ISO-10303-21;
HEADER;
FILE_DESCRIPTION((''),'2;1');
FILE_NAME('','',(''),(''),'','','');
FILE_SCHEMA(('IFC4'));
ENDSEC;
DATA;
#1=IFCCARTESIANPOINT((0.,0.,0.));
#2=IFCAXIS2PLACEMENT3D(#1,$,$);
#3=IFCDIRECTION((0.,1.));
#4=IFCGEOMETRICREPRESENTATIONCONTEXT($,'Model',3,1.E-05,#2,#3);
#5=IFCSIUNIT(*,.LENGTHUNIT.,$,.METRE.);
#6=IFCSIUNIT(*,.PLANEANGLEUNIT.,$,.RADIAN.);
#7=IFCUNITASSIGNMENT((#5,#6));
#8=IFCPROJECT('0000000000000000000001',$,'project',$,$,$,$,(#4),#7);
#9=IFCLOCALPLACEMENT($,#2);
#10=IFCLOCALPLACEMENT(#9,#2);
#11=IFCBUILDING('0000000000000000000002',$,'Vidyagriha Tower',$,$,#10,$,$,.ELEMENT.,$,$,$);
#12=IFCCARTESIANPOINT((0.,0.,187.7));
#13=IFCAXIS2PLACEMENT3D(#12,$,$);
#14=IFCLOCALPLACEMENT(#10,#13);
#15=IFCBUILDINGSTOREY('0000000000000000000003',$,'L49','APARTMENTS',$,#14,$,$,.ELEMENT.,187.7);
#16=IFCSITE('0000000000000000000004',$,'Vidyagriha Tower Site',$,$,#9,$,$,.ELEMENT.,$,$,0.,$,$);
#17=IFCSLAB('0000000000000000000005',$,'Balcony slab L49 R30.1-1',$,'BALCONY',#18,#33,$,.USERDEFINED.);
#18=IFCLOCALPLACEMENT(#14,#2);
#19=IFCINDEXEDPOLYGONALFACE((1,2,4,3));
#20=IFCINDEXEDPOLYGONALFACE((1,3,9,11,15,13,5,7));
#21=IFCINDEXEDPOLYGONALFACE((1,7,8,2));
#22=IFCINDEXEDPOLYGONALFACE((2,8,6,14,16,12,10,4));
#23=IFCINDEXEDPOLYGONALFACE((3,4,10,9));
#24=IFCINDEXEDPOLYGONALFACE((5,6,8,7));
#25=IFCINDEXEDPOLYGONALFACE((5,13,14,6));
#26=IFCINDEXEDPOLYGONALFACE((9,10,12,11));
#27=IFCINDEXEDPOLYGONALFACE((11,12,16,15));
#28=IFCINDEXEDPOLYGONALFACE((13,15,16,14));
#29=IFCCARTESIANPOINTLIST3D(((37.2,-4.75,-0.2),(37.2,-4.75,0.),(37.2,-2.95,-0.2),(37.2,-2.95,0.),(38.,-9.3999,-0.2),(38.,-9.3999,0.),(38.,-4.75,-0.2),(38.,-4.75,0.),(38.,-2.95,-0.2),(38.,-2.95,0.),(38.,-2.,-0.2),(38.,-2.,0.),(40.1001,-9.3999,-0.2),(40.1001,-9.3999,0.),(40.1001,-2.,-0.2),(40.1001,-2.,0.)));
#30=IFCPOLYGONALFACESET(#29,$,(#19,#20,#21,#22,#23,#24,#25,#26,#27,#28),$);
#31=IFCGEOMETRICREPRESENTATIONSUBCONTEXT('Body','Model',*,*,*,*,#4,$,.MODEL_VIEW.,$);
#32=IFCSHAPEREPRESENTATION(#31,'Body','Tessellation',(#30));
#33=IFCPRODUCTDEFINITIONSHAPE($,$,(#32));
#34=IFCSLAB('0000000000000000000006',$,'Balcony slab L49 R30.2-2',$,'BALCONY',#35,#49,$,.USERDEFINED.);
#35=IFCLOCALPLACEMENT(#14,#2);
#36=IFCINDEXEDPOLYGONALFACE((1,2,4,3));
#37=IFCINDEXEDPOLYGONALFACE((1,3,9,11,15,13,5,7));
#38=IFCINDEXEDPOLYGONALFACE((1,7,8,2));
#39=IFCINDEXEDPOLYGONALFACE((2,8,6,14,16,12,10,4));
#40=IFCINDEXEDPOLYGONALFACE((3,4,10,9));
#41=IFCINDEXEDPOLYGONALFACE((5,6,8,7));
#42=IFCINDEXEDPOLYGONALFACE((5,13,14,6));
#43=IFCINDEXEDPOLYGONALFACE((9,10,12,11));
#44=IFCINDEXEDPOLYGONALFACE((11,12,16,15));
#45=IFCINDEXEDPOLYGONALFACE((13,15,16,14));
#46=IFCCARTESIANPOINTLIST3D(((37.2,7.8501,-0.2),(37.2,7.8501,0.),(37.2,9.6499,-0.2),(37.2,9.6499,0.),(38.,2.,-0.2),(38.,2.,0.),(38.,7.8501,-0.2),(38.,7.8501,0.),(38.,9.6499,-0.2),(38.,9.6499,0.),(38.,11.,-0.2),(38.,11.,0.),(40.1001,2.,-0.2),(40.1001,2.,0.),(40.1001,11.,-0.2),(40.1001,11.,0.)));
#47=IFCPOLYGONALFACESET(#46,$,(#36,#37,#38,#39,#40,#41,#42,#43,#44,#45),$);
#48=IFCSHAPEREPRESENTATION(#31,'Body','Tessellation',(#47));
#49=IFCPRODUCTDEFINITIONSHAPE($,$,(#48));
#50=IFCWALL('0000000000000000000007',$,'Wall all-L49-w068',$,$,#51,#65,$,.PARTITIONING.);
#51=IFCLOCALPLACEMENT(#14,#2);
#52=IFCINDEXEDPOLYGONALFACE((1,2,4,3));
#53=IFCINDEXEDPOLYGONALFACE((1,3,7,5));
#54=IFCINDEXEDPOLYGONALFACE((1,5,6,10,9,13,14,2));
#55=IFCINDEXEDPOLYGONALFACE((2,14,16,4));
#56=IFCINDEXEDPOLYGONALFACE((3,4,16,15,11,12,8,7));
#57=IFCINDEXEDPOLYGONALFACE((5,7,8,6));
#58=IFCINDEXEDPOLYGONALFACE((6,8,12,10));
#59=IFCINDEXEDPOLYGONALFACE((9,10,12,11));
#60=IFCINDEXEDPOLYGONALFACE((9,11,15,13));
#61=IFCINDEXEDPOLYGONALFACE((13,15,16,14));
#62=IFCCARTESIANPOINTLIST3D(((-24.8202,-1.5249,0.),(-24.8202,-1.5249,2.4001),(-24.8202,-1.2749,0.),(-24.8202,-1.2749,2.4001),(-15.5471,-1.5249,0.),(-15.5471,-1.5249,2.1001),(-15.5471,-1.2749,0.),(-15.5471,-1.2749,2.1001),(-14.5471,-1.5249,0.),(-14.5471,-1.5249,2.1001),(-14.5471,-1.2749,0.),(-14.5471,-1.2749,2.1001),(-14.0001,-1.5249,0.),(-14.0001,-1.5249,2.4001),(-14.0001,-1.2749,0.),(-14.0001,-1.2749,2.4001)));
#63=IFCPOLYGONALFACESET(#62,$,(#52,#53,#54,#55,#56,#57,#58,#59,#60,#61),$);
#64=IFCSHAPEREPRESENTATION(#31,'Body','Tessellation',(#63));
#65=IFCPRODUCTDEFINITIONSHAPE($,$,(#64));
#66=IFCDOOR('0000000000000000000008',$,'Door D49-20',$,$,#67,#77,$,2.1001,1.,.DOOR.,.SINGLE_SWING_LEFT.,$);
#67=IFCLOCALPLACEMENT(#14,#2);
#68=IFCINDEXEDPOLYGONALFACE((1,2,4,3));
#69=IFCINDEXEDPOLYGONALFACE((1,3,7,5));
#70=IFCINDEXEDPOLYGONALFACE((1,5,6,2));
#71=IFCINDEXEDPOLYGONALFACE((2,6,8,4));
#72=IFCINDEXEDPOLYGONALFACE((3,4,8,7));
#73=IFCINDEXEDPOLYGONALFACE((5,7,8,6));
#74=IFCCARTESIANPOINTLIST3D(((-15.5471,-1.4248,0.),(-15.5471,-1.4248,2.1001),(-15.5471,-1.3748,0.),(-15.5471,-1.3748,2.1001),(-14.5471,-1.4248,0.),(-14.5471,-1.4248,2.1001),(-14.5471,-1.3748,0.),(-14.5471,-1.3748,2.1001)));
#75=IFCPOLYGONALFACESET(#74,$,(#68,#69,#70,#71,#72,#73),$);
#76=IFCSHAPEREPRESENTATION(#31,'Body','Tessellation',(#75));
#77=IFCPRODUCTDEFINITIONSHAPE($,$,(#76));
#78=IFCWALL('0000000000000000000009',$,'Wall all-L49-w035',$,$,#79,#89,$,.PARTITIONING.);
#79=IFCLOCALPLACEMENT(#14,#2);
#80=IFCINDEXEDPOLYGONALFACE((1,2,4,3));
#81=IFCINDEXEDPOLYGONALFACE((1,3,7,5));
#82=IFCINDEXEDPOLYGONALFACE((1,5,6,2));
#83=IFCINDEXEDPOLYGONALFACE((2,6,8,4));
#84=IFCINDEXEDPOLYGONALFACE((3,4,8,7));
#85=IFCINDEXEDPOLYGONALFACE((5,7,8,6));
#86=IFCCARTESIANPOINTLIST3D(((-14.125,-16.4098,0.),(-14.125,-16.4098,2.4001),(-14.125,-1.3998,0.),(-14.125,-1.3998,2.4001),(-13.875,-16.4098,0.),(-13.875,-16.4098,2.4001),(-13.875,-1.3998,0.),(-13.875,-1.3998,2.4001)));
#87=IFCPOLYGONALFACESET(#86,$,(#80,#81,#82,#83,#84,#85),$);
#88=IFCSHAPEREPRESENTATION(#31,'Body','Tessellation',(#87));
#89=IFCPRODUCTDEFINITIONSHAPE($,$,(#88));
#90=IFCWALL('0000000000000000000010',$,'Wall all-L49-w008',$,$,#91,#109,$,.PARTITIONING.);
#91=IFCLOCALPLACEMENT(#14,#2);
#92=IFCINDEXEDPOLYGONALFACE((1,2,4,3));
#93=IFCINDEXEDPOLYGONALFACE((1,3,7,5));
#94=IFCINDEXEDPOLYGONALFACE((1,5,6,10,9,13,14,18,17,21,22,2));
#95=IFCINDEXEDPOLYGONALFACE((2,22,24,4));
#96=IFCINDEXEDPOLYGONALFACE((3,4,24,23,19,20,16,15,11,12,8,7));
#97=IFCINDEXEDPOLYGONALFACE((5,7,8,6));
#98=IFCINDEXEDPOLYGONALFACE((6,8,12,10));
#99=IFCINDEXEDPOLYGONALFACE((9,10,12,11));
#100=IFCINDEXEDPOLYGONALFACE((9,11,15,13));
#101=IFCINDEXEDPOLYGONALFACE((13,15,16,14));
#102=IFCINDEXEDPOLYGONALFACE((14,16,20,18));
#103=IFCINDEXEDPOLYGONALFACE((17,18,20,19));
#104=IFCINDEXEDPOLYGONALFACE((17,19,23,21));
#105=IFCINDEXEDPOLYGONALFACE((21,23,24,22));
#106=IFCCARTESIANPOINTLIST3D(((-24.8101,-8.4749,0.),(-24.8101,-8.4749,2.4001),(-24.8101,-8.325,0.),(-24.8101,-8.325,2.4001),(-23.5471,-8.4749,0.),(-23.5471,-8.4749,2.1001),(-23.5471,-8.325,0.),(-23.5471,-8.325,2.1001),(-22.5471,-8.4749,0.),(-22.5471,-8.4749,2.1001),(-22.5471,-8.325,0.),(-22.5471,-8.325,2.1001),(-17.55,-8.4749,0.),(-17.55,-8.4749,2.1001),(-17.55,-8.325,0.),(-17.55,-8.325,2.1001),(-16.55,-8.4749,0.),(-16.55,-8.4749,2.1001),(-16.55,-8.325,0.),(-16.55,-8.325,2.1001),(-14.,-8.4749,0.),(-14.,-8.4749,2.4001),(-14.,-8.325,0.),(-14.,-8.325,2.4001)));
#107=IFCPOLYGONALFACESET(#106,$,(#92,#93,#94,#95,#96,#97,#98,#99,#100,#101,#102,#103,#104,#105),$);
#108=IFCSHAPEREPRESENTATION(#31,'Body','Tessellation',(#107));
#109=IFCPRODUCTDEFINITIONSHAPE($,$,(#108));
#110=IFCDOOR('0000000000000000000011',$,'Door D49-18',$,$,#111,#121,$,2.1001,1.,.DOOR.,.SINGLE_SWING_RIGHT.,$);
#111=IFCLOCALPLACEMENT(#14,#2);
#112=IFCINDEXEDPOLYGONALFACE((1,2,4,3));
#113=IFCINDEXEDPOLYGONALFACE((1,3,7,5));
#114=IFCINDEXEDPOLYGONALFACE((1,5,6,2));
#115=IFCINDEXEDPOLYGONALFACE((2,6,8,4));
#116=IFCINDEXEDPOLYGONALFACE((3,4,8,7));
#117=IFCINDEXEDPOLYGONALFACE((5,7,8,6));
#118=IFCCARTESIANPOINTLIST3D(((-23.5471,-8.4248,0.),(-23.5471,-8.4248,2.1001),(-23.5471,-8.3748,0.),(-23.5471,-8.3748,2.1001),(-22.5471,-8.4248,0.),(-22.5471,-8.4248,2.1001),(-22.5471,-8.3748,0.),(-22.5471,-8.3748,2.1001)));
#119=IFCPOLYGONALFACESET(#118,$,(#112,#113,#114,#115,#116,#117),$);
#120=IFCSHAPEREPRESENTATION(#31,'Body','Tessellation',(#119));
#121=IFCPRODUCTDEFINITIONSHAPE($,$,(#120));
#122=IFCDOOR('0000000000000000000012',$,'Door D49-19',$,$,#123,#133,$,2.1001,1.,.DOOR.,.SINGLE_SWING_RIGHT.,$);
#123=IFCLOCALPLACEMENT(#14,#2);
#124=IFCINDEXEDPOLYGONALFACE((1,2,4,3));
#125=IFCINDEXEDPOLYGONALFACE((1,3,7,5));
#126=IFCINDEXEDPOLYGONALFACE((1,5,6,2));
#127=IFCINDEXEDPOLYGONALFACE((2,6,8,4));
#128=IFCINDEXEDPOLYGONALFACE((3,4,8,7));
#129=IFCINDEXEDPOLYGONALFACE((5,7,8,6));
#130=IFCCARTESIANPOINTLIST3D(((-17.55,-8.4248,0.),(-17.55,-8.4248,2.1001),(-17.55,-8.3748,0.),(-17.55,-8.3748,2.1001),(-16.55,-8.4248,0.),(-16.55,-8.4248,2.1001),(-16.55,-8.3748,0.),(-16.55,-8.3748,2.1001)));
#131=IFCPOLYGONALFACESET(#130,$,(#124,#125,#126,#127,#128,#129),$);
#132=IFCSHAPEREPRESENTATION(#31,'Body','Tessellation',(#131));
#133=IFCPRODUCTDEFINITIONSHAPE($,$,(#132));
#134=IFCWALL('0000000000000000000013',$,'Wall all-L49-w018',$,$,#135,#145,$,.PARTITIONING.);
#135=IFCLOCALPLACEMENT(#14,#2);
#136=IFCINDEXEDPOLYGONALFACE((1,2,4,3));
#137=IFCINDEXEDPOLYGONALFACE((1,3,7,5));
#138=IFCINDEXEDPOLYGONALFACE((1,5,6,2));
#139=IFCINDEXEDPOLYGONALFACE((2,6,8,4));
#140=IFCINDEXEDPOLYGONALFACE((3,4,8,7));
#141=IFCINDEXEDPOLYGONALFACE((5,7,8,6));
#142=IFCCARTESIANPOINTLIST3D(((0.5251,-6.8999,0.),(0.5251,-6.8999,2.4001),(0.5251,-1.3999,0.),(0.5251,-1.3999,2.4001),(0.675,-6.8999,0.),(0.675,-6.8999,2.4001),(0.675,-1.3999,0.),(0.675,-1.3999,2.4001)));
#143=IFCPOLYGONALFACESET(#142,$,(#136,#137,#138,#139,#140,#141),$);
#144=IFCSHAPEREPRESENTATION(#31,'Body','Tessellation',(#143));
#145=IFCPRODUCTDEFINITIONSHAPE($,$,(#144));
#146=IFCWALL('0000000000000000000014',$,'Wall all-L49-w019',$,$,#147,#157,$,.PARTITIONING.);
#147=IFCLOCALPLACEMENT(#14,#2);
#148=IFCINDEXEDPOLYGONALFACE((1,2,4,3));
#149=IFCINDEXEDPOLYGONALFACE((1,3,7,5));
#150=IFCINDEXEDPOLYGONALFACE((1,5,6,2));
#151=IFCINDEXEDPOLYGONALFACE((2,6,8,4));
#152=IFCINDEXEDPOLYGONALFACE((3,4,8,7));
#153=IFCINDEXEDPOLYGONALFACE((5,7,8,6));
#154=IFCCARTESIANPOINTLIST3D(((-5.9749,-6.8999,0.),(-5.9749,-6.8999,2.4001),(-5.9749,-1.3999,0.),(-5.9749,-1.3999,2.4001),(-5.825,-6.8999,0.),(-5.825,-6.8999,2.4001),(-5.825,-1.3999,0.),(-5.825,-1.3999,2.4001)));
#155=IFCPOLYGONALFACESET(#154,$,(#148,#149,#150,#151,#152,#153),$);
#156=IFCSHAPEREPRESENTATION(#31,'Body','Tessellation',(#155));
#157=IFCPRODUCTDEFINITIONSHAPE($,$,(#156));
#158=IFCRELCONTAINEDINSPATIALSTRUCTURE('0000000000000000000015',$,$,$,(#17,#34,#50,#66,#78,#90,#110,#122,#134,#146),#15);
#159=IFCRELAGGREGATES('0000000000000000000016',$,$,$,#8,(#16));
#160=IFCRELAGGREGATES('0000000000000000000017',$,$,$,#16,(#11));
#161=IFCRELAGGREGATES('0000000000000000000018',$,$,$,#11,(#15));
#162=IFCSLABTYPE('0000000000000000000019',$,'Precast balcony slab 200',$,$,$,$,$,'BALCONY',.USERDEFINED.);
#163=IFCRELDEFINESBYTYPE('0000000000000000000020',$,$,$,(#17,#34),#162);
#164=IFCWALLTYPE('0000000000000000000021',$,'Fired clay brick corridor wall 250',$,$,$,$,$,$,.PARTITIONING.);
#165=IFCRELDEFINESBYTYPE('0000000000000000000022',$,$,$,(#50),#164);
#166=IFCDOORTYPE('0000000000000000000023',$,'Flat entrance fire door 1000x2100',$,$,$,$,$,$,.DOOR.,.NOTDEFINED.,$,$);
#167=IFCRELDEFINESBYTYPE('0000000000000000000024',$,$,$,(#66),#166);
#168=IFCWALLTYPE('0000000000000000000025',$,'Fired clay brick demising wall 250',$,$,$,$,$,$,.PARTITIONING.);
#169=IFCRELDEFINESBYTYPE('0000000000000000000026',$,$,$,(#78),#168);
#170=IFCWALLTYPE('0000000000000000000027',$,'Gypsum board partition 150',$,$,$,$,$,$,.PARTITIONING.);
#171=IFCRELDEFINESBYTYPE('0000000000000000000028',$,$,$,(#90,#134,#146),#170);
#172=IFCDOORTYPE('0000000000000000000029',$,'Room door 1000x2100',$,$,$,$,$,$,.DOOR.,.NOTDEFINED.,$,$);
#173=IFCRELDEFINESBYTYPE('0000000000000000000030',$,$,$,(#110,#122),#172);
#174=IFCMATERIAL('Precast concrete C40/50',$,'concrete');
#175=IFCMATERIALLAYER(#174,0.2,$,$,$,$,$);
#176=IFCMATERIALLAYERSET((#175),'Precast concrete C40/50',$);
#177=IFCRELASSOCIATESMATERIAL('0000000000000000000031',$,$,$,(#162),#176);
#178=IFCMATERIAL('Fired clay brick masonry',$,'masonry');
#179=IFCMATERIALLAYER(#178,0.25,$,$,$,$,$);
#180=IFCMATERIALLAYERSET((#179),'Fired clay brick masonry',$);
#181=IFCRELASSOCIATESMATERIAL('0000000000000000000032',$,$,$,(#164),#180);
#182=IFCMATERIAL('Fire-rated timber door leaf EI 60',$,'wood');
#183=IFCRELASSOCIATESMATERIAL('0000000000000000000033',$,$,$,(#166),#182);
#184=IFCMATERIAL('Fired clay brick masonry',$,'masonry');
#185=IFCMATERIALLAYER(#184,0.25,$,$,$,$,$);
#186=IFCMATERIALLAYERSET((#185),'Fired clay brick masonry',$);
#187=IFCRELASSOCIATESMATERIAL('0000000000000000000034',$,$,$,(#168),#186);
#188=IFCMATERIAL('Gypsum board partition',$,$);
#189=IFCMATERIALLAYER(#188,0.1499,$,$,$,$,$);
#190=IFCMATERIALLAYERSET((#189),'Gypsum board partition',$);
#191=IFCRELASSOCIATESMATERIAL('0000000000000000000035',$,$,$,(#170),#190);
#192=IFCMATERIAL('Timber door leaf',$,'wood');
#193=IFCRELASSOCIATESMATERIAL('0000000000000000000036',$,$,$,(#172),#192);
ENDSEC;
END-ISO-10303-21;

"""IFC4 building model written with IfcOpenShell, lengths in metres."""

from ifc_helpers import new_model, si_unit, direction, frame, frame_2d, origin, place, context, subcontext, project, spatial, polyline, rectangle, outline, extrude, material, layer, layer_set, type_object, element, fill, save


model = new_model("IFC4")

# Units and contexts
model_context = context("Model", 3, precision=1e-05, world=origin(), true_north=direction((0.0, 1.0)))
body_context = subcontext(model_context, "Body", "Model", "MODEL_VIEW")
ifc_project = project(units=[si_unit("LENGTHUNIT", "METRE"), si_unit("PLANEANGLEUNIT", "RADIAN")], contexts=[model_context])

# Site, building, storey
site_placement = place(None, origin())
site = spatial("IfcSite", under=ifc_project, at=site_placement, Name="Vidyagriha Tower Site", CompositionType="ELEMENT", RefElevation=0.0)
building_placement = place(site_placement, origin())
building = spatial("IfcBuilding", under=site, at=building_placement, Name="Vidyagriha Tower", CompositionType="ELEMENT")
storey_placement = place(building_placement, frame((0.0, 0.0, 187.7)))
storey = spatial("IfcBuildingStorey", under=building, at=storey_placement, Name="L49", Description="APARTMENTS", CompositionType="ELEMENT", Elevation=187.7)

# Slabs
ifc_material_1 = material(Name="Precast concrete C40/50", Category="concrete")
ifc_layer_1 = layer(ifc_material_1, 0.2)
ifc_layer_set_1 = layer_set([ifc_layer_1], Name="Precast concrete C40/50")
slab_type_1 = type_object("IfcSlabType", Name="Precast balcony slab 200", ElementType="BALCONY", PredefinedType="USERDEFINED", material=ifc_layer_set_1)
slab_1_placement = place(storey_placement, frame((0.0, 0.0, -0.2)))
element("IfcSlab", 1, at=slab_1_placement, inside=storey, type_object=slab_type_1, Name="Balcony slab L49 R30.1-1", ObjectType="BALCONY", PredefinedType="USERDEFINED", context=body_context, shape_type="SweptSolid", body=[
    extrude(outline(polyline([(38.0, -4.75), (38.0, -9.3999), (40.1001, -9.3999), (40.1001, -2.0), (38.0, -2.0), (38.0, -2.95), (37.2, -2.95), (37.2, -4.75), (38.0, -4.75)])), origin(), (0.0, 0.0, 1.0), 0.2),
])
slab_2_placement = place(storey_placement, frame((0.0, 0.0, -0.2)))
element("IfcSlab", 2, at=slab_2_placement, inside=storey, type_object=slab_type_1, Name="Balcony slab L49 R30.2-2", ObjectType="BALCONY", PredefinedType="USERDEFINED", context=body_context, shape_type="SweptSolid", body=[
    extrude(outline(polyline([(38.0, 7.8501), (38.0, 2.0), (40.1001, 2.0), (40.1001, 11.0), (38.0, 11.0), (38.0, 9.6499), (37.2, 9.6499), (37.2, 7.8501), (38.0, 7.8501)])), origin(), (0.0, 0.0, 1.0), 0.2),
])

# Wall, opening, door
ifc_material_2 = material(Name="Fired clay brick masonry", Category="masonry")
ifc_layer_2 = layer(ifc_material_2, 0.25)
ifc_layer_set_2 = layer_set([ifc_layer_2], Name="Fired clay brick masonry")
wall_type_1 = type_object("IfcWallType", Name="Fired clay brick corridor wall 250", PredefinedType="PARTITIONING", material=ifc_layer_set_2)
wall_1_placement = place(storey_placement, frame((-14.0, -1.3999, 0.0), z_axis=(0.0, 0.0, 1.0), x_axis=(-1.0, 0.0, 0.0)))
wall_1 = element("IfcWall", 3, at=wall_1_placement, inside=storey, type_object=wall_type_1, Name="Wall all-L49-w068", PredefinedType="PARTITIONING", context=body_context, shape_type="SweptSolid", body=[
    extrude(rectangle(XDim=10.8201, YDim=0.25, at=frame_2d((5.4102, 0.0))), origin(), (0.0, 0.0, 1.0), 2.4001),
])
opening_1_placement = place(wall_1_placement, frame((0.5471, 0.0, 0.0)))
opening_1 = element("IfcOpeningElement", 4, at=opening_1_placement, cuts=wall_1, PredefinedType="OPENING", context=body_context, shape_type="SweptSolid", body=[
    extrude(rectangle(XDim=1.0, YDim=2.1001, at=frame_2d((0.5, 1.05))), frame((0.0, 0.135, 0.0), z_axis=(0.0, -1.0, 0.0), x_axis=(1.0, 0.0, 0.0)), (0.0, 0.0, 1.0), 0.27),
])
ifc_material_3 = material(Name="Fire-rated timber door leaf EI 60", Category="wood")
door_type_1 = type_object("IfcDoorType", Name="Flat entrance fire door 1000x2100", OperationType="NOTDEFINED", PredefinedType="DOOR", material=ifc_material_3)
door_1_placement = place(opening_1_placement, origin())
door_1 = element("IfcDoor", 5, at=door_1_placement, inside=storey, type_object=door_type_1, Name="Door D49-20", OperationType="SINGLE_SWING_LEFT", OverallHeight=2.1001, OverallWidth=1.0, PredefinedType="DOOR", context=body_context, shape_type="SweptSolid", body=[
    extrude(rectangle(XDim=1.0, YDim=2.1001, at=frame_2d((0.5, 1.05))), frame((0.0, 0.0249, 0.0), z_axis=(0.0, -1.0, 0.0), x_axis=(1.0, 0.0, 0.0)), (0.0, 0.0, 1.0), 0.05),
])
fill(opening_1, door_1)

# Wall
ifc_material_4 = material(Name="Fired clay brick masonry", Category="masonry")
ifc_layer_3 = layer(ifc_material_4, 0.25)
ifc_layer_set_3 = layer_set([ifc_layer_3], Name="Fired clay brick masonry")
wall_type_2 = type_object("IfcWallType", Name="Fired clay brick demising wall 250", PredefinedType="PARTITIONING", material=ifc_layer_set_3)
wall_2_placement = place(storey_placement, frame((-14.0, -1.3999, 0.0), z_axis=(0.0, 0.0, 1.0), x_axis=(0.0, -1.0, 0.0)))
element("IfcWall", 6, at=wall_2_placement, inside=storey, type_object=wall_type_2, Name="Wall all-L49-w035", PredefinedType="PARTITIONING", context=body_context, shape_type="SweptSolid", body=[
    extrude(rectangle(XDim=15.01, YDim=0.25, at=frame_2d((7.5049, 0.0))), origin(), (0.0, 0.0, 1.0), 2.4001),
])

# Wall, openings, doors
ifc_material_5 = material(Name="Gypsum board partition")
ifc_layer_4 = layer(ifc_material_5, 0.1499)
ifc_layer_set_4 = layer_set([ifc_layer_4], Name="Gypsum board partition")
wall_type_3 = type_object("IfcWallType", Name="Gypsum board partition 150", PredefinedType="PARTITIONING", material=ifc_layer_set_4)
wall_3_placement = place(storey_placement, frame((-14.0, -8.3999, 0.0), z_axis=(0.0, 0.0, 1.0), x_axis=(-1.0, 0.0, 0.0)))
wall_3 = element("IfcWall", 7, at=wall_3_placement, inside=storey, type_object=wall_type_3, Name="Wall all-L49-w008", PredefinedType="PARTITIONING", context=body_context, shape_type="SweptSolid", body=[
    extrude(rectangle(XDim=10.8101, YDim=0.1499, at=frame_2d((5.405, 0.0))), origin(), (0.0, 0.0, 1.0), 2.4001),
])
opening_2_placement = place(wall_3_placement, frame((8.5471, 0.0, 0.0)))
opening_2 = element("IfcOpeningElement", 8, at=opening_2_placement, cuts=wall_3, PredefinedType="OPENING", context=body_context, shape_type="SweptSolid", body=[
    extrude(rectangle(XDim=1.0, YDim=2.1001, at=frame_2d((0.5, 1.05))), frame((0.0, 0.085, 0.0), z_axis=(0.0, -1.0, 0.0), x_axis=(1.0, 0.0, 0.0)), (0.0, 0.0, 1.0), 0.1699),
])
opening_3_placement = place(wall_3_placement, frame((2.55, 0.0, 0.0)))
opening_3 = element("IfcOpeningElement", 9, at=opening_3_placement, cuts=wall_3, PredefinedType="OPENING", context=body_context, shape_type="SweptSolid", body=[
    extrude(rectangle(XDim=1.0, YDim=2.1001, at=frame_2d((0.5, 1.05))), frame((0.0, 0.085, 0.0), z_axis=(0.0, -1.0, 0.0), x_axis=(1.0, 0.0, 0.0)), (0.0, 0.0, 1.0), 0.1699),
])
ifc_material_6 = material(Name="Timber door leaf", Category="wood")
door_type_2 = type_object("IfcDoorType", Name="Room door 1000x2100", OperationType="NOTDEFINED", PredefinedType="DOOR", material=ifc_material_6)
door_2_placement = place(opening_2_placement, origin())
door_2 = element("IfcDoor", 10, at=door_2_placement, inside=storey, type_object=door_type_2, Name="Door D49-18", OperationType="SINGLE_SWING_RIGHT", OverallHeight=2.1001, OverallWidth=1.0, PredefinedType="DOOR", context=body_context, shape_type="SweptSolid", body=[
    extrude(rectangle(XDim=1.0, YDim=2.1001, at=frame_2d((0.5, 1.05))), frame((0.0, 0.0249, 0.0), z_axis=(0.0, -1.0, 0.0), x_axis=(1.0, 0.0, 0.0)), (0.0, 0.0, 1.0), 0.05),
])
fill(opening_2, door_2)
door_3_placement = place(opening_3_placement, origin())
door_3 = element("IfcDoor", 11, at=door_3_placement, inside=storey, type_object=door_type_2, Name="Door D49-19", OperationType="SINGLE_SWING_RIGHT", OverallHeight=2.1001, OverallWidth=1.0, PredefinedType="DOOR", context=body_context, shape_type="SweptSolid", body=[
    extrude(rectangle(XDim=1.0, YDim=2.1001, at=frame_2d((0.5, 1.05))), frame((0.0, 0.0249, 0.0), z_axis=(0.0, -1.0, 0.0), x_axis=(1.0, 0.0, 0.0)), (0.0, 0.0, 1.0), 0.05),
])
fill(opening_3, door_3)

# Walls
for number, where, z_axis, x_axis, name in (
    (12, (0.6001, -6.8999, 0.0), (0.0, 0.0, 1.0), (0.0, 1.0, 0.0), "Wall all-L49-w018"),
    (13, (-5.8999, -6.8999, 0.0), (0.0, 0.0, 1.0), (0.0, 1.0, 0.0), "Wall all-L49-w019"),
):
    element("IfcWall", number, at=place(storey_placement, frame(where, z_axis=z_axis, x_axis=x_axis)), inside=storey, type_object=wall_type_3, Name=name, PredefinedType="PARTITIONING", context=body_context, shape_type="SweptSolid", body=[
        extrude(rectangle(XDim=5.5, YDim=0.1499, at=frame_2d((2.75, 0.0))), origin(), (0.0, 0.0, 1.0), 2.4001),
    ])

save(model, "model.ifc")
